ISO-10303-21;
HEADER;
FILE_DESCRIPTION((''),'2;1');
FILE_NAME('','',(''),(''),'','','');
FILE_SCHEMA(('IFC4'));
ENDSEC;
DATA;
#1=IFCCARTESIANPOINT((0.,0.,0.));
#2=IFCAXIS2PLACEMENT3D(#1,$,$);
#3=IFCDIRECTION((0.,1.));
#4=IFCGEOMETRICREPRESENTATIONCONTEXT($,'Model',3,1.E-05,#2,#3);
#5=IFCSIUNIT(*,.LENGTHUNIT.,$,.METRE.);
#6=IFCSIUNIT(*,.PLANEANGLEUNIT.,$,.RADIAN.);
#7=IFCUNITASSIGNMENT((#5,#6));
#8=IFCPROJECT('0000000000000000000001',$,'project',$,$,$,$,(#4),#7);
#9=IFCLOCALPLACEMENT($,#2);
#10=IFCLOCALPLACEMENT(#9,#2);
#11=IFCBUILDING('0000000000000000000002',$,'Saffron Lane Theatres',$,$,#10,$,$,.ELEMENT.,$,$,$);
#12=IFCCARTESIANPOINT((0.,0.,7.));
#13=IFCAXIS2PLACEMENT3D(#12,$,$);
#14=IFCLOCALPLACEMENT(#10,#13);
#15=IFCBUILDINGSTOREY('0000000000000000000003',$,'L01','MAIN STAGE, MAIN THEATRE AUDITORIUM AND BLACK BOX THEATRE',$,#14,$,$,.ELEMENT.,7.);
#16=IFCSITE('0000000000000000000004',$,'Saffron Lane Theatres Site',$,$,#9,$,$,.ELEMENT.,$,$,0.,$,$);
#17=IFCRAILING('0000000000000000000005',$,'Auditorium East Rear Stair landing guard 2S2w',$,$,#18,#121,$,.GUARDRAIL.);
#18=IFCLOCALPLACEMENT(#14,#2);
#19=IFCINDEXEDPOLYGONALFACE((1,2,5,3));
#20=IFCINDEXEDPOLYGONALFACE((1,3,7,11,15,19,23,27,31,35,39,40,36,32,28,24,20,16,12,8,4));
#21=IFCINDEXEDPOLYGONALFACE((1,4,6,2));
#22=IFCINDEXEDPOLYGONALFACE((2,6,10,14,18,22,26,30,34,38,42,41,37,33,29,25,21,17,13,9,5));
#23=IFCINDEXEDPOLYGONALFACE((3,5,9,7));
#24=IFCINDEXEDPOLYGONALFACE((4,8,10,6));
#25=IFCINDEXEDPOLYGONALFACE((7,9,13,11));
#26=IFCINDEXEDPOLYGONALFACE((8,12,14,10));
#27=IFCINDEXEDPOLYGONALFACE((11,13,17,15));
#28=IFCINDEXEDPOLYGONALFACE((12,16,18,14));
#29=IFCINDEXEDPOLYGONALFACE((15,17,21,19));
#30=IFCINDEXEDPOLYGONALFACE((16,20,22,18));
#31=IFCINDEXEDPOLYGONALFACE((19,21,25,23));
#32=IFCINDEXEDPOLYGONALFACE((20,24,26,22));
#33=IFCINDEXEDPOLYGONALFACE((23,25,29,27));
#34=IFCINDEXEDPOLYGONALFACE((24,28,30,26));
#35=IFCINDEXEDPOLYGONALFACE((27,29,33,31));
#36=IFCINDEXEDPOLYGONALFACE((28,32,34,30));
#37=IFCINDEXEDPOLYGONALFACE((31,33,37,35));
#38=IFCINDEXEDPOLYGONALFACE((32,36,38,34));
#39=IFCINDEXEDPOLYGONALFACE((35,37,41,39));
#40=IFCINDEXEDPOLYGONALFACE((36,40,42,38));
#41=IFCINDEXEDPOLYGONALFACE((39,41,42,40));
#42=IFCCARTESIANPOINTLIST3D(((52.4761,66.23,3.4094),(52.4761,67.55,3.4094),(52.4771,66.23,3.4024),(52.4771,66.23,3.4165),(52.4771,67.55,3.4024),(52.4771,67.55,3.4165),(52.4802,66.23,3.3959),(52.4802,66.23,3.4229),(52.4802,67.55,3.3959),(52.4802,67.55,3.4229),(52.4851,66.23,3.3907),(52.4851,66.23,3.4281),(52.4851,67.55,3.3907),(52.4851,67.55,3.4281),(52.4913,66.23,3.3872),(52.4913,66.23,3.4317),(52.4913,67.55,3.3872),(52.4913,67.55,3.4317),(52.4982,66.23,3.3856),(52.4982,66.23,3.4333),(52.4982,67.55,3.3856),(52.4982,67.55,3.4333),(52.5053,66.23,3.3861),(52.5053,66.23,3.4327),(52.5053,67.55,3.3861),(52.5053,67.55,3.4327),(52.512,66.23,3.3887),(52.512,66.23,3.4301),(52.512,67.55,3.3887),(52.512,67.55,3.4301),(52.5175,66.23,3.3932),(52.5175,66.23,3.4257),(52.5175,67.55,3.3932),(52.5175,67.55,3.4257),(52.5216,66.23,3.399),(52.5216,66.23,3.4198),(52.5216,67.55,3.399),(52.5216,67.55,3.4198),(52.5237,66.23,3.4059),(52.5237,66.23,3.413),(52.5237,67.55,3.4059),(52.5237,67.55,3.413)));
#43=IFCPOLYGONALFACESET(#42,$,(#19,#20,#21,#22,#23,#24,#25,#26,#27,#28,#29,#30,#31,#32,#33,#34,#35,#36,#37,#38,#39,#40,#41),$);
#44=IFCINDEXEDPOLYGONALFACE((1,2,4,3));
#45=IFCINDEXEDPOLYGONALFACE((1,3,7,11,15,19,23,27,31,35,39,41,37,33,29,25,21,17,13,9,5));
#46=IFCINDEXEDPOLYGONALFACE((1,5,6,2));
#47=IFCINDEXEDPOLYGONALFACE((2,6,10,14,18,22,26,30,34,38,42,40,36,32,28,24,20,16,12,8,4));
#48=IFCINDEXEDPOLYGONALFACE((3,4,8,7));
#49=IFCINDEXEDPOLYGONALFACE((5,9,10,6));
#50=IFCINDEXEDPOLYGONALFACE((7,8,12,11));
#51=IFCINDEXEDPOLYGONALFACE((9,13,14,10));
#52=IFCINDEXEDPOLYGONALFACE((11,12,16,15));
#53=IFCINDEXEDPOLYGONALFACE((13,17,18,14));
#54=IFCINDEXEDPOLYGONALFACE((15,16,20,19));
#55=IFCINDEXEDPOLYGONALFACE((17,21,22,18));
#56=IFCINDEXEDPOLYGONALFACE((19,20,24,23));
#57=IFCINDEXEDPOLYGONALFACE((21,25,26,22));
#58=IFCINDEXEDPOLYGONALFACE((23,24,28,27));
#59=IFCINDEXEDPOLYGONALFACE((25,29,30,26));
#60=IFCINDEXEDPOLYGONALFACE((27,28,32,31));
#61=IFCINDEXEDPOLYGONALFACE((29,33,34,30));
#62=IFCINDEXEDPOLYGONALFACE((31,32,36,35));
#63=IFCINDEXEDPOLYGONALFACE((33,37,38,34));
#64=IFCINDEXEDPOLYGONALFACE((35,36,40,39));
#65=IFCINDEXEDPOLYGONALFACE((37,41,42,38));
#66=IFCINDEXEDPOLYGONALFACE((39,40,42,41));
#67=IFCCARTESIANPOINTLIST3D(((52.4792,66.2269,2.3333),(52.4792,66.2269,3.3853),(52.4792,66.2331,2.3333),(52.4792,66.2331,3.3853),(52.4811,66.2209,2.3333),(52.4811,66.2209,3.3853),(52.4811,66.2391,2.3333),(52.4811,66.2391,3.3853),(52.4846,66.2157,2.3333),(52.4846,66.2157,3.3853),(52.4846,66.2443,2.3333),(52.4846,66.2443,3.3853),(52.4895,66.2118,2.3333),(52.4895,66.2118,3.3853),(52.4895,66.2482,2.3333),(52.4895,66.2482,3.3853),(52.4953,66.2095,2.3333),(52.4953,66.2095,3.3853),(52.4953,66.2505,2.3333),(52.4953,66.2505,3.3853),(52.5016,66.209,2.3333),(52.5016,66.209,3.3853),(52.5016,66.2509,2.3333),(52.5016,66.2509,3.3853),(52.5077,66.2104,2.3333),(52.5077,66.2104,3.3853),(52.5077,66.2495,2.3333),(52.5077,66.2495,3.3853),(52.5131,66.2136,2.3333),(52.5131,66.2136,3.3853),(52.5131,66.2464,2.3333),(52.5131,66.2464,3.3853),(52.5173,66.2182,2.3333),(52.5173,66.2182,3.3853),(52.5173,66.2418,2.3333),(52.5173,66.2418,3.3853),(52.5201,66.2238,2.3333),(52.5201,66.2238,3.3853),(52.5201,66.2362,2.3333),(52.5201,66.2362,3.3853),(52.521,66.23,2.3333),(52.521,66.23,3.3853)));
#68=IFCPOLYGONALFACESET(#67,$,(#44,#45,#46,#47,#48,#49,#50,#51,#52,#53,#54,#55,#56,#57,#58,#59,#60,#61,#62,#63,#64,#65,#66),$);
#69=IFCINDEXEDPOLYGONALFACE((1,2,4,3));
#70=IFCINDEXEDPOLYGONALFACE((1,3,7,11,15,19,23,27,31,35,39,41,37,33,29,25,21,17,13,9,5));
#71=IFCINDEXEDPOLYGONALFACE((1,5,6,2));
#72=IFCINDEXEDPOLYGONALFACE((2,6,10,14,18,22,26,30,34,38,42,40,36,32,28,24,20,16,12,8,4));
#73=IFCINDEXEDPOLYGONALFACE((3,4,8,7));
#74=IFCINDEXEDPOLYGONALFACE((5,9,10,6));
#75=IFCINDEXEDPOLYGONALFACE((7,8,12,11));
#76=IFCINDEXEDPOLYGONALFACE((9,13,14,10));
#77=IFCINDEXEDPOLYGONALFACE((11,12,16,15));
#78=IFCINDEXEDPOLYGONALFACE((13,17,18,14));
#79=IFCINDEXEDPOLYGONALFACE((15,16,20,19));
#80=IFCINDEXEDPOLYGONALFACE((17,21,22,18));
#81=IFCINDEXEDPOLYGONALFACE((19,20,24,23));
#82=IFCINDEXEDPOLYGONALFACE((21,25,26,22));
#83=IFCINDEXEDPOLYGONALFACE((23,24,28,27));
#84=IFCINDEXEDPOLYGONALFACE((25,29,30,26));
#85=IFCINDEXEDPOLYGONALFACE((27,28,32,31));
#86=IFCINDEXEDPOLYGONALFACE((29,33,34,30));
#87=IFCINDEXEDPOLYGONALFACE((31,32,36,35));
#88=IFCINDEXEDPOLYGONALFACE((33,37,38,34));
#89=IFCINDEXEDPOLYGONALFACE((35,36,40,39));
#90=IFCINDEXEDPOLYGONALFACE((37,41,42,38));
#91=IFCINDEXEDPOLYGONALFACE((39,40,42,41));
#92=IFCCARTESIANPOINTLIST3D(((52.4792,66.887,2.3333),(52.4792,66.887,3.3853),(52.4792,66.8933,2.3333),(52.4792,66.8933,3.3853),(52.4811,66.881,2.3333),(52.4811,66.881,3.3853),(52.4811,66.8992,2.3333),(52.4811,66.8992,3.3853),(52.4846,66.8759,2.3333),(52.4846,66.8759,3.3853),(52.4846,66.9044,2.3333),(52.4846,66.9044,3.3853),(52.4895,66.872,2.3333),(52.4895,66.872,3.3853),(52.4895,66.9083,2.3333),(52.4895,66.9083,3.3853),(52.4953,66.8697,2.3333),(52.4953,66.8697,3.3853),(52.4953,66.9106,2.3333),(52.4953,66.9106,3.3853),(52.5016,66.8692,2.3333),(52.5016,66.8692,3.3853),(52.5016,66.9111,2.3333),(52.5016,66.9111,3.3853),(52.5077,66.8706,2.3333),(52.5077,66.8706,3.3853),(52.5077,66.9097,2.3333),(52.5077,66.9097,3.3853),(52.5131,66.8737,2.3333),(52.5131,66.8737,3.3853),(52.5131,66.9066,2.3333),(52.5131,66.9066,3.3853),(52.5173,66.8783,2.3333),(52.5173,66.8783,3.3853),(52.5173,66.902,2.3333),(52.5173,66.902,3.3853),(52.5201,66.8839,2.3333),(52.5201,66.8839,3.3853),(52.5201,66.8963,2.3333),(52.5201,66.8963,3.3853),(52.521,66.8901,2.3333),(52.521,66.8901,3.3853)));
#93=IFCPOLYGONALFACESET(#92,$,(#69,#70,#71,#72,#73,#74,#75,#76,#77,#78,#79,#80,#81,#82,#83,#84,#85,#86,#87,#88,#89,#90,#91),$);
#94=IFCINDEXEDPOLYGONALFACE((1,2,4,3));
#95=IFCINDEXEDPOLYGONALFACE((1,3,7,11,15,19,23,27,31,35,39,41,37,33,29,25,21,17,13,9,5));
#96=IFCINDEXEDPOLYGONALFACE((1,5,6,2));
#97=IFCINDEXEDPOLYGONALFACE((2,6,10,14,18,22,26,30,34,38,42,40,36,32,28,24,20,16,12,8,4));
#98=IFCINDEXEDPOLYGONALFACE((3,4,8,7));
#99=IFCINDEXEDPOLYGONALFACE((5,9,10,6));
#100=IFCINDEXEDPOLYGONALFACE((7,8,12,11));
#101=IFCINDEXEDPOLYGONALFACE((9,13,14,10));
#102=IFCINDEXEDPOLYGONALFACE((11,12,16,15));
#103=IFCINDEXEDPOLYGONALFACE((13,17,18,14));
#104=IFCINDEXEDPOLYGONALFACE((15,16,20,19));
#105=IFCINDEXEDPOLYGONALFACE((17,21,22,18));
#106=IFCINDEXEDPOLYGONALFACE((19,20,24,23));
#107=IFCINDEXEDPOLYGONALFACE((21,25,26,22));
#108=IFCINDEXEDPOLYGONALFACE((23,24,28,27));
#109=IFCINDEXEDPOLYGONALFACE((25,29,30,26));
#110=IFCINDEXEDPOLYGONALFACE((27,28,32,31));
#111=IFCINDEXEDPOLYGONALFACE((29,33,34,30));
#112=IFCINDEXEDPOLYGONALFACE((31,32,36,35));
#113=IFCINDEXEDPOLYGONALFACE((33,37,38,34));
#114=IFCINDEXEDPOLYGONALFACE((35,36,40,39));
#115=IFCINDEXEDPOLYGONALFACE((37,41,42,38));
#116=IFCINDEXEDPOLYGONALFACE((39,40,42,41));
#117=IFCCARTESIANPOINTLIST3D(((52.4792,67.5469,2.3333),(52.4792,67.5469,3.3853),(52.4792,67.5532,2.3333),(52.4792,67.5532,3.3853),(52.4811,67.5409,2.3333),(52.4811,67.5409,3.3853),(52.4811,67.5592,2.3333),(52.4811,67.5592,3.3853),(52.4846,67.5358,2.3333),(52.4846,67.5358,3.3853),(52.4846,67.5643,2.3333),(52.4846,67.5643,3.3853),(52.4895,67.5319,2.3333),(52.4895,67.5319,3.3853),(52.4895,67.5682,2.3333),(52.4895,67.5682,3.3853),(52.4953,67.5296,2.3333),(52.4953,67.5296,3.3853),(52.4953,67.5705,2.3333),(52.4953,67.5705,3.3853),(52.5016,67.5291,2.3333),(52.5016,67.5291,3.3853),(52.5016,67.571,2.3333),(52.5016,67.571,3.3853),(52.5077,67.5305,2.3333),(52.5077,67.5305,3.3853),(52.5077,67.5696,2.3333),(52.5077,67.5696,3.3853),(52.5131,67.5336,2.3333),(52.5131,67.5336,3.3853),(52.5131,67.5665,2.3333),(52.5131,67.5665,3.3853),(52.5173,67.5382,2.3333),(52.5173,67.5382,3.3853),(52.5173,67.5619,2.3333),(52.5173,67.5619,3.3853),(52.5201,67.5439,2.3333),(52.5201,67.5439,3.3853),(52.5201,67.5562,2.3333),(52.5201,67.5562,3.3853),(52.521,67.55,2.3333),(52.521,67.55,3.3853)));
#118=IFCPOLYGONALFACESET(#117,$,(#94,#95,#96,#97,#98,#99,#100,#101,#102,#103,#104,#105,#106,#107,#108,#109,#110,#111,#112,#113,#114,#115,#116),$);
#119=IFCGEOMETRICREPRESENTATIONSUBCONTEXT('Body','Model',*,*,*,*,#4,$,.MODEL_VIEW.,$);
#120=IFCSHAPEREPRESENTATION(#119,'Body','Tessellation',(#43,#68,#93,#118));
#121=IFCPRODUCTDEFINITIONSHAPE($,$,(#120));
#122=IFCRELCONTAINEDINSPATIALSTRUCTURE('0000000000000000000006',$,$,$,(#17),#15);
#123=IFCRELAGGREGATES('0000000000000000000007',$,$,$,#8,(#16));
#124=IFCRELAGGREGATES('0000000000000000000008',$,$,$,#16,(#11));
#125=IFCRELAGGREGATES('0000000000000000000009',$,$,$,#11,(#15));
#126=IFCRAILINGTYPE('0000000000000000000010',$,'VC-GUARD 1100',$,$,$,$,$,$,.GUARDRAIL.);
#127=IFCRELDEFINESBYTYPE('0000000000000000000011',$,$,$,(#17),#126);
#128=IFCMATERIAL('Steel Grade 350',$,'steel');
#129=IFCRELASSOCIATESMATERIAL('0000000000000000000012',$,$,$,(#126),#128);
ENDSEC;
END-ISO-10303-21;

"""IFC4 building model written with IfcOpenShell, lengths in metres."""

from ifc_helpers import new_model, si_unit, direction, frame, origin, origin_2d, place, context, subcontext, project, spatial, circle, extrude, material, type_object, element, save


model = new_model("IFC4")

# Units and contexts
model_context = context("Model", 3, precision=1e-05, world=origin(), true_north=direction((0.0, 1.0)))
body_context = subcontext(model_context, "Body", "Model", "MODEL_VIEW")
ifc_project = project(units=[si_unit("LENGTHUNIT", "METRE"), si_unit("PLANEANGLEUNIT", "RADIAN")], contexts=[model_context])

# Site, building, storey
site_placement = place(None, origin())
site = spatial("IfcSite", under=ifc_project, at=site_placement, Name="Saffron Lane Theatres Site", CompositionType="ELEMENT", RefElevation=0.0)
building_placement = place(site_placement, origin())
building = spatial("IfcBuilding", under=site, at=building_placement, Name="Saffron Lane Theatres", CompositionType="ELEMENT")
storey_placement = place(building_placement, frame((0.0, 0.0, 7.0)))
storey = spatial("IfcBuildingStorey", under=building, at=storey_placement, Name="L01", Description="MAIN STAGE, MAIN THEATRE AUDITORIUM AND BLACK BOX THEATRE", CompositionType="ELEMENT", Elevation=7.0)

# Railing
ifc_material_1 = material(Name="Steel Grade 350", Category="steel")
railing_type_1 = type_object("IfcRailingType", Name="VC-GUARD 1100", PredefinedType="GUARDRAIL", material=ifc_material_1)
railing_1_placement = place(storey_placement, frame((52.5, 66.23, 2.3333)))
element("IfcRailing", 1, at=railing_1_placement, inside=storey, type_object=railing_type_1, Name="Auditorium East Rear Stair landing guard 2S2w", PredefinedType="GUARDRAIL", context=body_context, shape_type="SweptSolid", body=[
    extrude(circle(Radius=0.0239, at=origin_2d()), frame((0.0, 0.0, 1.0762), z_axis=(0.0, 1.0, 0.0), x_axis=(-1.0, 0.0, 0.0)), (0.0, 0.0, 1.0), 1.3201),
    extrude(circle(Radius=0.021, at=origin_2d()), origin(), (0.0, 0.0, 1.0), 1.052),
    extrude(circle(Radius=0.021, at=origin_2d()), frame((0.0, 0.6602, 0.0)), (0.0, 0.0, 1.0), 1.052),
    extrude(circle(Radius=0.021, at=origin_2d()), frame((0.0, 1.3201, 0.0)), (0.0, 0.0, 1.0), 1.052),
])

save(model, "model.ifc")
